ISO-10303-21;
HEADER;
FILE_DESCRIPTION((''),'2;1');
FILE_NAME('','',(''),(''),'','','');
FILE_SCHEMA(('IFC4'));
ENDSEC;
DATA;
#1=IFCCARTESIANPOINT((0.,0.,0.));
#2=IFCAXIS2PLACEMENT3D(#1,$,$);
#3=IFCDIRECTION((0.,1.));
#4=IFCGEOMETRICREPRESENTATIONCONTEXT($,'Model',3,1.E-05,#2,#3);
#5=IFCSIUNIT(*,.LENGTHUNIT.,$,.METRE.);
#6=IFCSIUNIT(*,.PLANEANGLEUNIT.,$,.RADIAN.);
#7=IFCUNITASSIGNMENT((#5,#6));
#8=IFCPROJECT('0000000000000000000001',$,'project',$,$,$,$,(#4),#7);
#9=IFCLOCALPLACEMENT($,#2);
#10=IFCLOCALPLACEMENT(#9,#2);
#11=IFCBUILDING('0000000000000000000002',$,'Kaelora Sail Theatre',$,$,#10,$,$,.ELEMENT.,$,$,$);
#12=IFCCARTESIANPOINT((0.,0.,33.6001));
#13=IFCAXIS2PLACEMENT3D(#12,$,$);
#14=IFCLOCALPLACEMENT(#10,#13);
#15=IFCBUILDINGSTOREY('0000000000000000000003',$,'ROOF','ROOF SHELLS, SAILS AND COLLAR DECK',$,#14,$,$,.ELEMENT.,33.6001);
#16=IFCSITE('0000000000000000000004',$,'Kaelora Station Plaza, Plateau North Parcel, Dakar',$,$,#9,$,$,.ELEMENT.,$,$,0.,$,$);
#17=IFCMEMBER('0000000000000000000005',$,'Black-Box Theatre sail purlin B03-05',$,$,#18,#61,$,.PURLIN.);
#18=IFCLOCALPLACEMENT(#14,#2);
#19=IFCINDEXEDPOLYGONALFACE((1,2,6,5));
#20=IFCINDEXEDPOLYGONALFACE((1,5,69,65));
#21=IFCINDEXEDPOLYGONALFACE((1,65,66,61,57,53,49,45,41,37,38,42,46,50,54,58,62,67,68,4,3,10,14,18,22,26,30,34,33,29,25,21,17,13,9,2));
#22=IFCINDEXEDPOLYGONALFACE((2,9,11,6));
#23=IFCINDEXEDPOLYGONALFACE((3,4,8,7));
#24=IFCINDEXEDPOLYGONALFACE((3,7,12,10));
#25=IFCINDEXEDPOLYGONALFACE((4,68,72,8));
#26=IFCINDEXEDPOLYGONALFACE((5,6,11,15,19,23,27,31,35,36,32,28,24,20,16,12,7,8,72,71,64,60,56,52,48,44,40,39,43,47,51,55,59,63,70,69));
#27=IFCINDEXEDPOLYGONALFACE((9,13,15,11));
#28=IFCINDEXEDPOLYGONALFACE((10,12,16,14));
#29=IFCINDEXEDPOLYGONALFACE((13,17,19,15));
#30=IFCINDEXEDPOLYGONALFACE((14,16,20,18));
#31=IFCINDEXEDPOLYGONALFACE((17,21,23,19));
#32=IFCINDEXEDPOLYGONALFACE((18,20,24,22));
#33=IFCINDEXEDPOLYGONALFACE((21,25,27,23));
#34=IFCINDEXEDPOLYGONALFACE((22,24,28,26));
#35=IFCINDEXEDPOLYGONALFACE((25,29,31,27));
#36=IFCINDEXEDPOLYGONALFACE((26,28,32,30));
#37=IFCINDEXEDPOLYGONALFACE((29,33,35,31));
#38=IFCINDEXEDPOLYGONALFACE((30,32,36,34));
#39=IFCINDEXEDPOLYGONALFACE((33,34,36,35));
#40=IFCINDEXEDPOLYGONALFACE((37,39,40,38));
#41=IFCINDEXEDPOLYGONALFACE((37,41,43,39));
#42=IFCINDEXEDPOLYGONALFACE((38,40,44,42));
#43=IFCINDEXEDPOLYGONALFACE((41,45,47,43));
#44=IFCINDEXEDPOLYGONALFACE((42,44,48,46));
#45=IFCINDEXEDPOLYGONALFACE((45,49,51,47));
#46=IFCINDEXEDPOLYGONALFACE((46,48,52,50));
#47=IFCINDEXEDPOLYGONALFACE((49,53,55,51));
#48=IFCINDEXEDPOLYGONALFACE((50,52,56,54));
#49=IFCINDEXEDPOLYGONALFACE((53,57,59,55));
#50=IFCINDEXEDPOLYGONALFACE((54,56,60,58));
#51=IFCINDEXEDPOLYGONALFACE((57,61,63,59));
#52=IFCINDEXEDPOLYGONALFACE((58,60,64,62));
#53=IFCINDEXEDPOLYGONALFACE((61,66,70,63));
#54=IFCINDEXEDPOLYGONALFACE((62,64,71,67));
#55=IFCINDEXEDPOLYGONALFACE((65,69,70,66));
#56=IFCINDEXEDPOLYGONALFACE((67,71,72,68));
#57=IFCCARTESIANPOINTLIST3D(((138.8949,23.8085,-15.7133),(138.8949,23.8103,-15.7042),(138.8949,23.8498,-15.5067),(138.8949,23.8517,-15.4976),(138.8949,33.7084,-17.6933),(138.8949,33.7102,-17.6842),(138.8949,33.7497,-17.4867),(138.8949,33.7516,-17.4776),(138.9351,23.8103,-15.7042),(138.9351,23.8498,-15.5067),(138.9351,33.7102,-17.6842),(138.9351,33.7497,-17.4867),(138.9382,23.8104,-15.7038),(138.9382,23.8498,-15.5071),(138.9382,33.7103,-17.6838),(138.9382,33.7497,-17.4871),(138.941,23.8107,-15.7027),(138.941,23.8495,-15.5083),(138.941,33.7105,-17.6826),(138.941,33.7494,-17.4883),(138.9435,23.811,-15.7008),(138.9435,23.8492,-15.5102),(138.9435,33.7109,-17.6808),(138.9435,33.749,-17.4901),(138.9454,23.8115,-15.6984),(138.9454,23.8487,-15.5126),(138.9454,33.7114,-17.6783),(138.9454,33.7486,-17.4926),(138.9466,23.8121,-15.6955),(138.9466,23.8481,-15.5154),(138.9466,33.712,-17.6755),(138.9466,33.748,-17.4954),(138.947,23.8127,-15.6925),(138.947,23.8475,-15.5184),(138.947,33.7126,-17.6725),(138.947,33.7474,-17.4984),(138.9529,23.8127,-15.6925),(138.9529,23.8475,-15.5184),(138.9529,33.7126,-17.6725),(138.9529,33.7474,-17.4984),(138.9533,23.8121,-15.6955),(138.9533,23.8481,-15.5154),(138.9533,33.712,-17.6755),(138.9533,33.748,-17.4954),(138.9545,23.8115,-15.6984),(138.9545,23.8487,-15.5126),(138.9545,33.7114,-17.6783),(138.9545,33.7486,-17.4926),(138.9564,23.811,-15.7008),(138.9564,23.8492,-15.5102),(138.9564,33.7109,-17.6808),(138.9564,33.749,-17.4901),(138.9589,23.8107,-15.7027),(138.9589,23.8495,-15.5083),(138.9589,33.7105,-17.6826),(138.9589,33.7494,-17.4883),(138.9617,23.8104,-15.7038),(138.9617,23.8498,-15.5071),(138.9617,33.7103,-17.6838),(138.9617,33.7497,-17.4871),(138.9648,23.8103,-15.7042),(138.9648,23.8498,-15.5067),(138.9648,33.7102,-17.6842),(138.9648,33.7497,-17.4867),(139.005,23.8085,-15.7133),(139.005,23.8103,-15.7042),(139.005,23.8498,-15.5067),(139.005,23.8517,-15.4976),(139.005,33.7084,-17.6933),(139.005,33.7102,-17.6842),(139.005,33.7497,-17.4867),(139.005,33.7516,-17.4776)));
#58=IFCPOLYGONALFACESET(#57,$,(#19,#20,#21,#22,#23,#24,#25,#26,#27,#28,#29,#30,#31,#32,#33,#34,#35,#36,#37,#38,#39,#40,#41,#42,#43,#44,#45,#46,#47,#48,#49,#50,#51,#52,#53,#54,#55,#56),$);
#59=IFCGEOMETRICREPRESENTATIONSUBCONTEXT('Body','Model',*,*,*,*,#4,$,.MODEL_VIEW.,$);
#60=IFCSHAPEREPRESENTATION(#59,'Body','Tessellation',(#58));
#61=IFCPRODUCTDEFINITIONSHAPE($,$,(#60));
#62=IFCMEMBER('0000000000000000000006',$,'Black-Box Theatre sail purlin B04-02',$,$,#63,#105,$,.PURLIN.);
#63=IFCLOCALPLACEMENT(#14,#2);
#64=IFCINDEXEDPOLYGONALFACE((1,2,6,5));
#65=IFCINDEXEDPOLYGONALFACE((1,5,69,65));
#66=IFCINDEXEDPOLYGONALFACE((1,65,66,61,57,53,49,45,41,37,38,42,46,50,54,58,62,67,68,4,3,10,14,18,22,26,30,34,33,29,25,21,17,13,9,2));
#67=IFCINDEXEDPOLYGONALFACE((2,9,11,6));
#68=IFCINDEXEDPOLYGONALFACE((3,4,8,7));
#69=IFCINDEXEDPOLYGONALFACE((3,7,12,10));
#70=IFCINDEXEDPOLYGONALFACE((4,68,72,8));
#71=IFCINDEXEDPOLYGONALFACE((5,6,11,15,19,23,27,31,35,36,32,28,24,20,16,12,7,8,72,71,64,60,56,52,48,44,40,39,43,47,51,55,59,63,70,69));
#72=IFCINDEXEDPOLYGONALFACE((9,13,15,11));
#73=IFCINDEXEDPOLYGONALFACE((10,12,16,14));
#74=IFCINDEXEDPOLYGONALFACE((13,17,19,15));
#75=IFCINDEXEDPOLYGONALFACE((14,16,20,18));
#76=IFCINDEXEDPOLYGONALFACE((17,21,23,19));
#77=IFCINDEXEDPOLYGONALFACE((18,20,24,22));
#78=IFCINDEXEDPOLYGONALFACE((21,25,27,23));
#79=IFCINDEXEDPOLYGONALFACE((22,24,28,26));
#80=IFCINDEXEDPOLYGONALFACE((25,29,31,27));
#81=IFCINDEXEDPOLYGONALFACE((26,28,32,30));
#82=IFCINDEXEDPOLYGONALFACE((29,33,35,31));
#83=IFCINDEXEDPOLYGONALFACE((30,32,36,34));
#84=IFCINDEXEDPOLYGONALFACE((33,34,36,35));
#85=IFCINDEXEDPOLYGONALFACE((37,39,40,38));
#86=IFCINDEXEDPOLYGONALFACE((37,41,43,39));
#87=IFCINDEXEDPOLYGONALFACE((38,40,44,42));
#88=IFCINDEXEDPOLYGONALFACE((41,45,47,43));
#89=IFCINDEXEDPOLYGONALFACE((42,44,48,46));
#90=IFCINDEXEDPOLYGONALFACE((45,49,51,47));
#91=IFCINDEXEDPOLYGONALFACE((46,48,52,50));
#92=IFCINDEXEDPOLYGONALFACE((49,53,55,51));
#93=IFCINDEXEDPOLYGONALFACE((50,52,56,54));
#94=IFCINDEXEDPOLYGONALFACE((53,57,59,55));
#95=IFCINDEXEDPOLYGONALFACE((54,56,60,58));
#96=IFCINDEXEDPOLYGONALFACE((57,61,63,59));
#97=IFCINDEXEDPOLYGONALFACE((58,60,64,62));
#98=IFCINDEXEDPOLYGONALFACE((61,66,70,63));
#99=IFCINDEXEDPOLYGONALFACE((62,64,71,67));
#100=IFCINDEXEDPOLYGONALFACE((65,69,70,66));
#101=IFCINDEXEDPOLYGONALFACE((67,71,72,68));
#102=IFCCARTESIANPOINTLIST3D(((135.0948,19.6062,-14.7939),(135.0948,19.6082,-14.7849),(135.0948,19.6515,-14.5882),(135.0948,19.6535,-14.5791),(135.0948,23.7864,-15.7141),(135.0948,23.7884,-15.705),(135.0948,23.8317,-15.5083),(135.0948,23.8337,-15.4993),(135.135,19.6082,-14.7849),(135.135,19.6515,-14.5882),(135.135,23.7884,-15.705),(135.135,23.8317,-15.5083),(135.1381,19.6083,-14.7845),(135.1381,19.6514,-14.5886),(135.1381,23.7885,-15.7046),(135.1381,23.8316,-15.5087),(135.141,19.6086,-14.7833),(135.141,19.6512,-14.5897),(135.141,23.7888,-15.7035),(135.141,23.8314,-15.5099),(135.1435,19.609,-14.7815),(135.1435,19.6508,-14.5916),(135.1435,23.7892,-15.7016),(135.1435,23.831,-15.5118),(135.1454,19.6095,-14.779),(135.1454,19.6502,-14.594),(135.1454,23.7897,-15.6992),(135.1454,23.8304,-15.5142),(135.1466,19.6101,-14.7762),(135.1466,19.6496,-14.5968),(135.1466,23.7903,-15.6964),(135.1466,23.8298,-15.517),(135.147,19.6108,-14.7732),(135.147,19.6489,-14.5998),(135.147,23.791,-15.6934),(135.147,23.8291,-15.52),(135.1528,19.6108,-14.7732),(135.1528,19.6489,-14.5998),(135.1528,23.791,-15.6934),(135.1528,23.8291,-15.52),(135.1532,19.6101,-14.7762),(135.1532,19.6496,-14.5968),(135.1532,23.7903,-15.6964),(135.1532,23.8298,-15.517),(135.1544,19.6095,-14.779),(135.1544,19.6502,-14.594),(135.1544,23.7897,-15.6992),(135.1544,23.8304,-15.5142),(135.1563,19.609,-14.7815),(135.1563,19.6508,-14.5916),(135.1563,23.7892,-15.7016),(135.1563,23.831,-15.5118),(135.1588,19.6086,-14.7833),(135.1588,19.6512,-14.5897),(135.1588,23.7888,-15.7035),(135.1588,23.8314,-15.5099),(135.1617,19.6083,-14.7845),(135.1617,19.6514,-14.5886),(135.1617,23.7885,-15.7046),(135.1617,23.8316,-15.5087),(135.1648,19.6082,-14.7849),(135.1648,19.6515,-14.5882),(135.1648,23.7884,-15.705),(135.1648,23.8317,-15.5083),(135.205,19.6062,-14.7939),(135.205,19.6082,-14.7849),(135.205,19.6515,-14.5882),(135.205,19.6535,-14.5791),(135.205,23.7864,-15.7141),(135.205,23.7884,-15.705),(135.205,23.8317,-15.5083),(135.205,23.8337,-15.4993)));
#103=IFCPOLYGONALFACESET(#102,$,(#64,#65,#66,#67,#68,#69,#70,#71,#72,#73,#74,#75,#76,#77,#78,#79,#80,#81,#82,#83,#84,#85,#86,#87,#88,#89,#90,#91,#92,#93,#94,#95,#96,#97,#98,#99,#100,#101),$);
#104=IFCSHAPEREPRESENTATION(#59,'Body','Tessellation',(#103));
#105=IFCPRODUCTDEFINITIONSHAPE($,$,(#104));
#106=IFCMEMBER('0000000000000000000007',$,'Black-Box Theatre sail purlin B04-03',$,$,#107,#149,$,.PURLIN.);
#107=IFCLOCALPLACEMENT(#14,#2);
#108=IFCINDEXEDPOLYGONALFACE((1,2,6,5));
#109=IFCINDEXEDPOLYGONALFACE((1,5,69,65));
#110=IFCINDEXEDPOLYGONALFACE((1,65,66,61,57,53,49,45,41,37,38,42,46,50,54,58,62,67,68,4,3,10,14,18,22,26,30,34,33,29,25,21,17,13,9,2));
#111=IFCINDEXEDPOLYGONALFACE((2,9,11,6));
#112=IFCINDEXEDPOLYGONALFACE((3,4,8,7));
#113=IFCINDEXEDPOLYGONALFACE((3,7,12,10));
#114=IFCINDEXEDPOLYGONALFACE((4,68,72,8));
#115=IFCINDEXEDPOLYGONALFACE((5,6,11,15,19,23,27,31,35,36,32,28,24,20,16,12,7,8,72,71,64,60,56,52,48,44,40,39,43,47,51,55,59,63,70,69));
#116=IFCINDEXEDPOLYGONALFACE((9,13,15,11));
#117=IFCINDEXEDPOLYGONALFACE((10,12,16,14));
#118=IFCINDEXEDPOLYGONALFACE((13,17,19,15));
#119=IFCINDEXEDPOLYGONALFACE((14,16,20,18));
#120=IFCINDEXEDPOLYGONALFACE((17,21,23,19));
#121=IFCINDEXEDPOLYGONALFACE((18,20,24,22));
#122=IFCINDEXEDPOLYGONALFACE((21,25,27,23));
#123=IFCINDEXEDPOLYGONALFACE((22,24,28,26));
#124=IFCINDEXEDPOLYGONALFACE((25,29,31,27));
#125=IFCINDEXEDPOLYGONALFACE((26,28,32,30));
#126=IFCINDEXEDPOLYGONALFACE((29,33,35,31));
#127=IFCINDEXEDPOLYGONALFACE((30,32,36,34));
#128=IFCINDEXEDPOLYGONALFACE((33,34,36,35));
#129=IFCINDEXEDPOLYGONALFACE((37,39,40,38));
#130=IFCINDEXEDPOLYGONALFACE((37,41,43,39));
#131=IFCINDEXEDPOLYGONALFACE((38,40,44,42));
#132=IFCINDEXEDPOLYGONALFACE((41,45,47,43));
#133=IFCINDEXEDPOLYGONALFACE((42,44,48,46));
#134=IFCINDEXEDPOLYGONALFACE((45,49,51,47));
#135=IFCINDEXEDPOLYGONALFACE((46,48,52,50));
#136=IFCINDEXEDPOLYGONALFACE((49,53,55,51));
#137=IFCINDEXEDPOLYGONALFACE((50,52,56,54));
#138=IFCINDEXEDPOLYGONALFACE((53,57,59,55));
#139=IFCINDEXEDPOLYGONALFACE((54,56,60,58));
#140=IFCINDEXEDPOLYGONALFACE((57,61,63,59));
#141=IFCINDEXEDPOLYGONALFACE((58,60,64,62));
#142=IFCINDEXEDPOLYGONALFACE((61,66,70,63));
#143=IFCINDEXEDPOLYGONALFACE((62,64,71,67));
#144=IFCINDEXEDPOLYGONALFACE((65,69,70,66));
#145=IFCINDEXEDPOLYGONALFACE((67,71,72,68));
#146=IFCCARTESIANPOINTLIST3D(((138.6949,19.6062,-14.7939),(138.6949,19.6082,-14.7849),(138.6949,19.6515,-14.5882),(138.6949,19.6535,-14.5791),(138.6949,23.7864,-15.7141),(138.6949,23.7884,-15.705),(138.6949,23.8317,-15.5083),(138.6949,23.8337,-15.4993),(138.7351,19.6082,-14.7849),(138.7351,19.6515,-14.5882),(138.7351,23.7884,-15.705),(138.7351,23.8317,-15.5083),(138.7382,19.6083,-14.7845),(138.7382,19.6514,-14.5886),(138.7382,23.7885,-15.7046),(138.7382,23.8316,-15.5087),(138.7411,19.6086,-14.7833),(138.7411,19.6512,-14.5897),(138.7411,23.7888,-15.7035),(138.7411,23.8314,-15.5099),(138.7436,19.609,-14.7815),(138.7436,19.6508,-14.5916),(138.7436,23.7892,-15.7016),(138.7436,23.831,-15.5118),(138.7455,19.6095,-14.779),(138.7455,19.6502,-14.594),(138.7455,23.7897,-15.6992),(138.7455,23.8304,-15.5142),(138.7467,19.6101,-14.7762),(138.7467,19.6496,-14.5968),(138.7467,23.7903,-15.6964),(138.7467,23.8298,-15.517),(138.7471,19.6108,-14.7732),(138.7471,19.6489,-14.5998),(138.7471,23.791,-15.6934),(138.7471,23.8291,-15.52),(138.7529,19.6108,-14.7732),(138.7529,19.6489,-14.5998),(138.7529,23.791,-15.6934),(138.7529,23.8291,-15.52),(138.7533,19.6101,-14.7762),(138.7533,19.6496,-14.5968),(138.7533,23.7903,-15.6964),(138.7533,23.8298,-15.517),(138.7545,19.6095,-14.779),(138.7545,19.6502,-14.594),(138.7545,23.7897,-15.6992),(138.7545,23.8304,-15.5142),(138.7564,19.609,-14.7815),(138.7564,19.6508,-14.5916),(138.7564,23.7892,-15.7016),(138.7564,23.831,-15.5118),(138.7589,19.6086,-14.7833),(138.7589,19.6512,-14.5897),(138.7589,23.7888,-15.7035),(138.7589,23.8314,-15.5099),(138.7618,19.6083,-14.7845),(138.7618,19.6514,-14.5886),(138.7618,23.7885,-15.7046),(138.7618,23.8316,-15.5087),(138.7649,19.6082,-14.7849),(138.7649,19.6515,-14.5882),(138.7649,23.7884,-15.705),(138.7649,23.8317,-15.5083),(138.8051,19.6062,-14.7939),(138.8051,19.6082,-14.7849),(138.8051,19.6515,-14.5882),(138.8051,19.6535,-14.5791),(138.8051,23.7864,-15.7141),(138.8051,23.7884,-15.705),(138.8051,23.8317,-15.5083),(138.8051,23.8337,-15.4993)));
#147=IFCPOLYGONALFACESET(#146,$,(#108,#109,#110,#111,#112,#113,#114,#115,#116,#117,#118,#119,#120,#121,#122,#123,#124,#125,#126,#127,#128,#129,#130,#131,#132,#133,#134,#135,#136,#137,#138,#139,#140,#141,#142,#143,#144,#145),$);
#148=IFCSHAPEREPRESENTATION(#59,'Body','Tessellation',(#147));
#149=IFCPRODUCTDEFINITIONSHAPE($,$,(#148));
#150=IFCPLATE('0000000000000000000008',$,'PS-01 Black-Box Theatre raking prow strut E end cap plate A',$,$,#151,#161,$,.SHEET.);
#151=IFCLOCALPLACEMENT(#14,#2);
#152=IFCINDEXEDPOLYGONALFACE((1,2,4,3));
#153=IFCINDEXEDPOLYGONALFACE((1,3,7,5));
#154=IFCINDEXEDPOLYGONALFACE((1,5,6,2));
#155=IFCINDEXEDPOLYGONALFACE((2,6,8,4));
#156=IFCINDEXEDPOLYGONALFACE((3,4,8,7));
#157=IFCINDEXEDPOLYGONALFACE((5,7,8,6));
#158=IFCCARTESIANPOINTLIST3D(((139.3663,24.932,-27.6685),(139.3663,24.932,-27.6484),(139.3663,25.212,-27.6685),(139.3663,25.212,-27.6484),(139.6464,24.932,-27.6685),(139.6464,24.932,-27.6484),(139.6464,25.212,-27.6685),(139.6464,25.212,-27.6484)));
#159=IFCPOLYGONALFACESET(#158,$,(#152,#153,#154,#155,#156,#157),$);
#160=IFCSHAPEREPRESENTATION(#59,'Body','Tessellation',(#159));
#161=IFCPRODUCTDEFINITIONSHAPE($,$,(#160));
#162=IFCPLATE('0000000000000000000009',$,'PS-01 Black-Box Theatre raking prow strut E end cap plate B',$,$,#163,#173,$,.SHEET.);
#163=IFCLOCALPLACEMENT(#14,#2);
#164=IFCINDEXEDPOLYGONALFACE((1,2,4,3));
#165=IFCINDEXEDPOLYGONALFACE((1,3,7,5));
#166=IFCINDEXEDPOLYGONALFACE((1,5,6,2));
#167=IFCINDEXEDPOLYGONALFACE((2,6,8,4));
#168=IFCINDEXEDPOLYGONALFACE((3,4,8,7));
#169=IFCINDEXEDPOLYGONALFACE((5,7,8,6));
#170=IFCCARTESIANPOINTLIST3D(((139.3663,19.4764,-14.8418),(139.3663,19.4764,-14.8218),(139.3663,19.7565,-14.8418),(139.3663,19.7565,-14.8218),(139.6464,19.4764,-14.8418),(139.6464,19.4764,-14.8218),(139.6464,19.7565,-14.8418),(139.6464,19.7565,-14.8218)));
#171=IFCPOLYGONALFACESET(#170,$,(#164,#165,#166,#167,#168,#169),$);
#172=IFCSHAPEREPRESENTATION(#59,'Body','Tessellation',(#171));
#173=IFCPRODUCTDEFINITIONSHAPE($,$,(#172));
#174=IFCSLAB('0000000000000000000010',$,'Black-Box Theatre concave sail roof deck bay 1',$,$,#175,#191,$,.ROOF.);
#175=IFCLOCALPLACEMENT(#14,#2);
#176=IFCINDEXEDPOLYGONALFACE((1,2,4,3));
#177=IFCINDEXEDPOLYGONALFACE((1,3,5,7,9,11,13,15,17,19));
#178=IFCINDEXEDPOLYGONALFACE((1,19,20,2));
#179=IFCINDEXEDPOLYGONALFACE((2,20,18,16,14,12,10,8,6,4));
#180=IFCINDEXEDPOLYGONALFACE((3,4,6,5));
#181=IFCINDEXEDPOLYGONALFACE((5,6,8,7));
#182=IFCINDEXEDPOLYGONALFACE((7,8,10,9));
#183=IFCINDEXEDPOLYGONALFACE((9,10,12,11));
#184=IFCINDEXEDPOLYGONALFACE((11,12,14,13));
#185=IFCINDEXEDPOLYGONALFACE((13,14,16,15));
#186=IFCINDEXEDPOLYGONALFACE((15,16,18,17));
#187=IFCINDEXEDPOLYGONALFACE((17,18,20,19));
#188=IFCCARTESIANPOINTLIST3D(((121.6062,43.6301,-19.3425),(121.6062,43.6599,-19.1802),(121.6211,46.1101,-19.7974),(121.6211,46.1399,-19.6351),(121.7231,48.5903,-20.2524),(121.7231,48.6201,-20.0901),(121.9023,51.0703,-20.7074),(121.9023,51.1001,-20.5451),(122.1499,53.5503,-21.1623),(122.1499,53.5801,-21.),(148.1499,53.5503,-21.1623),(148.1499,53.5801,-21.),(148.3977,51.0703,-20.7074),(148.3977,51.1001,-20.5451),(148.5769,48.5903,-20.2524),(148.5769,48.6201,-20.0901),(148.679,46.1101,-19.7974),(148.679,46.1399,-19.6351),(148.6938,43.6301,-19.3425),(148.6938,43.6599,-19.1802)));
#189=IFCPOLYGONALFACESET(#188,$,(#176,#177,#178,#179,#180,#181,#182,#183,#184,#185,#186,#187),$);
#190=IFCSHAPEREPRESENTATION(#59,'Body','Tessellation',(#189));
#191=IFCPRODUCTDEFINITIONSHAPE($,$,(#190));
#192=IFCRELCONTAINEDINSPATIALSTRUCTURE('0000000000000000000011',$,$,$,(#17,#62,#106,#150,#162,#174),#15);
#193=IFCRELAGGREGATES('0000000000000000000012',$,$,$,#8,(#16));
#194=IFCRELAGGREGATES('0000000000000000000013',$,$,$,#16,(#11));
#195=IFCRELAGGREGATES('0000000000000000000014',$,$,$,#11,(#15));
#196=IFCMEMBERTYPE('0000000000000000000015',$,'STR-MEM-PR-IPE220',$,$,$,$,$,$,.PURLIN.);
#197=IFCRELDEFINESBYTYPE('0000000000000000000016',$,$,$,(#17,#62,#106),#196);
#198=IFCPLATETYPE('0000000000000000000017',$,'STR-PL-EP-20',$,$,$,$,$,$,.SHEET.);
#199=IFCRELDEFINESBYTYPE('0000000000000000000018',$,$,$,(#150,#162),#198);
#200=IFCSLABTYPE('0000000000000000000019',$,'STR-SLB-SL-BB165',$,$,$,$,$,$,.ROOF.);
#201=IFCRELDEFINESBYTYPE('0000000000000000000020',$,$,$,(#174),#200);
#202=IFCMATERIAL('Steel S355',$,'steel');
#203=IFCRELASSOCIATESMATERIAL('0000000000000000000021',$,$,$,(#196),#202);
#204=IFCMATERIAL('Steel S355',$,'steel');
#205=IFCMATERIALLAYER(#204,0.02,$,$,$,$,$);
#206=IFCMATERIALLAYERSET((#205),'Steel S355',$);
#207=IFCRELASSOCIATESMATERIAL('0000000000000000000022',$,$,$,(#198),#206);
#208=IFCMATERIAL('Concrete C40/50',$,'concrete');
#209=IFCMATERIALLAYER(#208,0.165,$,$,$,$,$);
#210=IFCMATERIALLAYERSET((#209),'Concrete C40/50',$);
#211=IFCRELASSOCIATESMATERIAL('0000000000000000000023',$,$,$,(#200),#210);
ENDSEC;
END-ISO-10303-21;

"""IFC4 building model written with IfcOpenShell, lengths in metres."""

from ifc_helpers import new_model, si_unit, direction, frame, origin, origin_2d, place, context, subcontext, project, spatial, polyline, rectangle, i_section, outline, extrude, material, layer, layer_set, material_profile, profile_set, type_object, element, save


model = new_model("IFC4")

# Units and contexts
model_context = context("Model", 3, precision=1e-05, world=origin(), true_north=direction((0.0, 1.0)))
body_context = subcontext(model_context, "Body", "Model", "MODEL_VIEW")
ifc_project = project(units=[si_unit("LENGTHUNIT", "METRE"), si_unit("PLANEANGLEUNIT", "RADIAN")], contexts=[model_context])

# Site, building, storey
site_placement = place(None, origin())
site = spatial("IfcSite", under=ifc_project, at=site_placement, Name="Kaelora Station Plaza, Plateau North Parcel, Dakar", CompositionType="ELEMENT", RefElevation=0.0)
building_placement = place(site_placement, origin())
building = spatial("IfcBuilding", under=site, at=building_placement, Name="Kaelora Sail Theatre", CompositionType="ELEMENT")
storey_placement = place(building_placement, frame((0.0, 0.0, 33.6001)))
storey = spatial("IfcBuildingStorey", under=building, at=storey_placement, Name="ROOF", Description="ROOF SHELLS, SAILS AND COLLAR DECK", CompositionType="ELEMENT", Elevation=33.6001)

# Members
ifc_material_1 = material(Name="Steel S355", Category="steel")
ifc_material_profile_1 = material_profile(ifc_material_1, i_section(OverallWidth=0.1101, OverallDepth=0.22, WebThickness=0.0059, FlangeThickness=0.0093, FilletRadius=0.012, at=origin_2d()), Name="IPE 220")
ifc_profile_set_1 = profile_set([ifc_material_profile_1], Name="Steel S355")
member_type_1 = type_object("IfcMemberType", Name="STR-MEM-PR-IPE220", PredefinedType="PURLIN", material=ifc_profile_set_1)
for number, where, z_axis, x_axis, name in (
    (1, (138.95, 33.73, -17.5854), (0.0, -0.980581, 0.196116), (1.0, 0.0, 0.0), "Black-Box Theatre sail purlin B03-05"),
):
    element("IfcMember", number, at=place(storey_placement, frame(where, z_axis=z_axis, x_axis=x_axis)), inside=storey, type_object=member_type_1, Name=name, PredefinedType="PURLIN", context=body_context, shape_type="SweptSolid", body=[
        extrude(i_section(OverallWidth=0.1101, OverallDepth=0.22, WebThickness=0.0059, FlangeThickness=0.0093, FilletRadius=0.012, at=origin_2d()), origin(), (0.0, 0.0, 1.0), 10.0959),
    ])
for number, where, z_axis, x_axis, name in (
    (2, (135.1499, 23.8101, -15.6067), (0.0, -0.976619, 0.214979), (1.0, 0.0, 0.0), "Black-Box Theatre sail purlin B04-02"),
    (3, (138.75, 23.8101, -15.6067), (0.0, -0.976619, 0.214979), (1.0, 0.0, 0.0), "Black-Box Theatre sail purlin B04-03"),
):
    element("IfcMember", number, at=place(storey_placement, frame(where, z_axis=z_axis, x_axis=x_axis)), inside=storey, type_object=member_type_1, Name=name, PredefinedType="PURLIN", context=body_context, shape_type="SweptSolid", body=[
        extrude(i_section(OverallWidth=0.1101, OverallDepth=0.22, WebThickness=0.0059, FlangeThickness=0.0093, FilletRadius=0.012, at=origin_2d()), origin(), (0.0, 0.0, 1.0), 4.2803),
    ])

# Plates
ifc_material_2 = material(Name="Steel S355", Category="steel")
ifc_layer_1 = layer(ifc_material_2, 0.02)
ifc_layer_set_1 = layer_set([ifc_layer_1], Name="Steel S355")
plate_type = type_object("IfcPlateType", Name="STR-PL-EP-20", PredefinedType="SHEET", material=ifc_layer_set_1)
for number, where, z_axis, x_axis, name in (
    (4, (139.5063, 25.072, -27.6685), (0.0, 0.0, 1.0), (1.0, 0.0, 0.0), "PS-01 Black-Box Theatre raking prow strut E end cap plate A"),
    (5, (139.5063, 19.6165, -14.8418), (0.0, 0.0, 1.0), (1.0, 0.0, 0.0), "PS-01 Black-Box Theatre raking prow strut E end cap plate B"),
):
    element("IfcPlate", number, at=place(storey_placement, frame(where, z_axis=z_axis, x_axis=x_axis)), inside=storey, type_object=plate_type, Name=name, PredefinedType="SHEET", context=body_context, shape_type="SweptSolid", body=[
        extrude(rectangle(XDim=0.28, YDim=0.28, at=origin_2d()), origin(), (0.0, 0.0, 1.0), 0.02),
    ])

# Slab
ifc_material_3 = material(Name="Concrete C40/50", Category="concrete")
ifc_layer_2 = layer(ifc_material_3, 0.165)
ifc_layer_set_2 = layer_set([ifc_layer_2], Name="Concrete C40/50")
slab_type = type_object("IfcSlabType", Name="STR-SLB-SL-BB165", PredefinedType="ROOF", material=ifc_layer_set_2)
slab_1_placement = place(storey_placement, frame((148.1499, 53.5801, -21.0), z_axis=(0.0, 0.180436, 0.983587), x_axis=(0.097811, -0.97887, 0.179571)))
element("IfcSlab", 6, at=slab_1_placement, inside=storey, type_object=slab_type, Name="Black-Box Theatre concave sail roof deck bay 1", PredefinedType="ROOF", context=body_context, shape_type="SweptSolid", body=[
    extrude(outline(polyline([(0.0, 0.0), (2.5335, 0.0), (5.0603, -0.0683), (7.5798, -0.2134), (10.0905, -0.4452), (7.4411, -27.4029), (4.9333, -27.1415), (2.4337, -26.7933), (-0.058, -26.3683), (-2.5431, -25.8753), (0.0, 0.0)])), origin(), (0.0, 0.0, -1.0), 0.165),
])

save(model, "model.ifc")
